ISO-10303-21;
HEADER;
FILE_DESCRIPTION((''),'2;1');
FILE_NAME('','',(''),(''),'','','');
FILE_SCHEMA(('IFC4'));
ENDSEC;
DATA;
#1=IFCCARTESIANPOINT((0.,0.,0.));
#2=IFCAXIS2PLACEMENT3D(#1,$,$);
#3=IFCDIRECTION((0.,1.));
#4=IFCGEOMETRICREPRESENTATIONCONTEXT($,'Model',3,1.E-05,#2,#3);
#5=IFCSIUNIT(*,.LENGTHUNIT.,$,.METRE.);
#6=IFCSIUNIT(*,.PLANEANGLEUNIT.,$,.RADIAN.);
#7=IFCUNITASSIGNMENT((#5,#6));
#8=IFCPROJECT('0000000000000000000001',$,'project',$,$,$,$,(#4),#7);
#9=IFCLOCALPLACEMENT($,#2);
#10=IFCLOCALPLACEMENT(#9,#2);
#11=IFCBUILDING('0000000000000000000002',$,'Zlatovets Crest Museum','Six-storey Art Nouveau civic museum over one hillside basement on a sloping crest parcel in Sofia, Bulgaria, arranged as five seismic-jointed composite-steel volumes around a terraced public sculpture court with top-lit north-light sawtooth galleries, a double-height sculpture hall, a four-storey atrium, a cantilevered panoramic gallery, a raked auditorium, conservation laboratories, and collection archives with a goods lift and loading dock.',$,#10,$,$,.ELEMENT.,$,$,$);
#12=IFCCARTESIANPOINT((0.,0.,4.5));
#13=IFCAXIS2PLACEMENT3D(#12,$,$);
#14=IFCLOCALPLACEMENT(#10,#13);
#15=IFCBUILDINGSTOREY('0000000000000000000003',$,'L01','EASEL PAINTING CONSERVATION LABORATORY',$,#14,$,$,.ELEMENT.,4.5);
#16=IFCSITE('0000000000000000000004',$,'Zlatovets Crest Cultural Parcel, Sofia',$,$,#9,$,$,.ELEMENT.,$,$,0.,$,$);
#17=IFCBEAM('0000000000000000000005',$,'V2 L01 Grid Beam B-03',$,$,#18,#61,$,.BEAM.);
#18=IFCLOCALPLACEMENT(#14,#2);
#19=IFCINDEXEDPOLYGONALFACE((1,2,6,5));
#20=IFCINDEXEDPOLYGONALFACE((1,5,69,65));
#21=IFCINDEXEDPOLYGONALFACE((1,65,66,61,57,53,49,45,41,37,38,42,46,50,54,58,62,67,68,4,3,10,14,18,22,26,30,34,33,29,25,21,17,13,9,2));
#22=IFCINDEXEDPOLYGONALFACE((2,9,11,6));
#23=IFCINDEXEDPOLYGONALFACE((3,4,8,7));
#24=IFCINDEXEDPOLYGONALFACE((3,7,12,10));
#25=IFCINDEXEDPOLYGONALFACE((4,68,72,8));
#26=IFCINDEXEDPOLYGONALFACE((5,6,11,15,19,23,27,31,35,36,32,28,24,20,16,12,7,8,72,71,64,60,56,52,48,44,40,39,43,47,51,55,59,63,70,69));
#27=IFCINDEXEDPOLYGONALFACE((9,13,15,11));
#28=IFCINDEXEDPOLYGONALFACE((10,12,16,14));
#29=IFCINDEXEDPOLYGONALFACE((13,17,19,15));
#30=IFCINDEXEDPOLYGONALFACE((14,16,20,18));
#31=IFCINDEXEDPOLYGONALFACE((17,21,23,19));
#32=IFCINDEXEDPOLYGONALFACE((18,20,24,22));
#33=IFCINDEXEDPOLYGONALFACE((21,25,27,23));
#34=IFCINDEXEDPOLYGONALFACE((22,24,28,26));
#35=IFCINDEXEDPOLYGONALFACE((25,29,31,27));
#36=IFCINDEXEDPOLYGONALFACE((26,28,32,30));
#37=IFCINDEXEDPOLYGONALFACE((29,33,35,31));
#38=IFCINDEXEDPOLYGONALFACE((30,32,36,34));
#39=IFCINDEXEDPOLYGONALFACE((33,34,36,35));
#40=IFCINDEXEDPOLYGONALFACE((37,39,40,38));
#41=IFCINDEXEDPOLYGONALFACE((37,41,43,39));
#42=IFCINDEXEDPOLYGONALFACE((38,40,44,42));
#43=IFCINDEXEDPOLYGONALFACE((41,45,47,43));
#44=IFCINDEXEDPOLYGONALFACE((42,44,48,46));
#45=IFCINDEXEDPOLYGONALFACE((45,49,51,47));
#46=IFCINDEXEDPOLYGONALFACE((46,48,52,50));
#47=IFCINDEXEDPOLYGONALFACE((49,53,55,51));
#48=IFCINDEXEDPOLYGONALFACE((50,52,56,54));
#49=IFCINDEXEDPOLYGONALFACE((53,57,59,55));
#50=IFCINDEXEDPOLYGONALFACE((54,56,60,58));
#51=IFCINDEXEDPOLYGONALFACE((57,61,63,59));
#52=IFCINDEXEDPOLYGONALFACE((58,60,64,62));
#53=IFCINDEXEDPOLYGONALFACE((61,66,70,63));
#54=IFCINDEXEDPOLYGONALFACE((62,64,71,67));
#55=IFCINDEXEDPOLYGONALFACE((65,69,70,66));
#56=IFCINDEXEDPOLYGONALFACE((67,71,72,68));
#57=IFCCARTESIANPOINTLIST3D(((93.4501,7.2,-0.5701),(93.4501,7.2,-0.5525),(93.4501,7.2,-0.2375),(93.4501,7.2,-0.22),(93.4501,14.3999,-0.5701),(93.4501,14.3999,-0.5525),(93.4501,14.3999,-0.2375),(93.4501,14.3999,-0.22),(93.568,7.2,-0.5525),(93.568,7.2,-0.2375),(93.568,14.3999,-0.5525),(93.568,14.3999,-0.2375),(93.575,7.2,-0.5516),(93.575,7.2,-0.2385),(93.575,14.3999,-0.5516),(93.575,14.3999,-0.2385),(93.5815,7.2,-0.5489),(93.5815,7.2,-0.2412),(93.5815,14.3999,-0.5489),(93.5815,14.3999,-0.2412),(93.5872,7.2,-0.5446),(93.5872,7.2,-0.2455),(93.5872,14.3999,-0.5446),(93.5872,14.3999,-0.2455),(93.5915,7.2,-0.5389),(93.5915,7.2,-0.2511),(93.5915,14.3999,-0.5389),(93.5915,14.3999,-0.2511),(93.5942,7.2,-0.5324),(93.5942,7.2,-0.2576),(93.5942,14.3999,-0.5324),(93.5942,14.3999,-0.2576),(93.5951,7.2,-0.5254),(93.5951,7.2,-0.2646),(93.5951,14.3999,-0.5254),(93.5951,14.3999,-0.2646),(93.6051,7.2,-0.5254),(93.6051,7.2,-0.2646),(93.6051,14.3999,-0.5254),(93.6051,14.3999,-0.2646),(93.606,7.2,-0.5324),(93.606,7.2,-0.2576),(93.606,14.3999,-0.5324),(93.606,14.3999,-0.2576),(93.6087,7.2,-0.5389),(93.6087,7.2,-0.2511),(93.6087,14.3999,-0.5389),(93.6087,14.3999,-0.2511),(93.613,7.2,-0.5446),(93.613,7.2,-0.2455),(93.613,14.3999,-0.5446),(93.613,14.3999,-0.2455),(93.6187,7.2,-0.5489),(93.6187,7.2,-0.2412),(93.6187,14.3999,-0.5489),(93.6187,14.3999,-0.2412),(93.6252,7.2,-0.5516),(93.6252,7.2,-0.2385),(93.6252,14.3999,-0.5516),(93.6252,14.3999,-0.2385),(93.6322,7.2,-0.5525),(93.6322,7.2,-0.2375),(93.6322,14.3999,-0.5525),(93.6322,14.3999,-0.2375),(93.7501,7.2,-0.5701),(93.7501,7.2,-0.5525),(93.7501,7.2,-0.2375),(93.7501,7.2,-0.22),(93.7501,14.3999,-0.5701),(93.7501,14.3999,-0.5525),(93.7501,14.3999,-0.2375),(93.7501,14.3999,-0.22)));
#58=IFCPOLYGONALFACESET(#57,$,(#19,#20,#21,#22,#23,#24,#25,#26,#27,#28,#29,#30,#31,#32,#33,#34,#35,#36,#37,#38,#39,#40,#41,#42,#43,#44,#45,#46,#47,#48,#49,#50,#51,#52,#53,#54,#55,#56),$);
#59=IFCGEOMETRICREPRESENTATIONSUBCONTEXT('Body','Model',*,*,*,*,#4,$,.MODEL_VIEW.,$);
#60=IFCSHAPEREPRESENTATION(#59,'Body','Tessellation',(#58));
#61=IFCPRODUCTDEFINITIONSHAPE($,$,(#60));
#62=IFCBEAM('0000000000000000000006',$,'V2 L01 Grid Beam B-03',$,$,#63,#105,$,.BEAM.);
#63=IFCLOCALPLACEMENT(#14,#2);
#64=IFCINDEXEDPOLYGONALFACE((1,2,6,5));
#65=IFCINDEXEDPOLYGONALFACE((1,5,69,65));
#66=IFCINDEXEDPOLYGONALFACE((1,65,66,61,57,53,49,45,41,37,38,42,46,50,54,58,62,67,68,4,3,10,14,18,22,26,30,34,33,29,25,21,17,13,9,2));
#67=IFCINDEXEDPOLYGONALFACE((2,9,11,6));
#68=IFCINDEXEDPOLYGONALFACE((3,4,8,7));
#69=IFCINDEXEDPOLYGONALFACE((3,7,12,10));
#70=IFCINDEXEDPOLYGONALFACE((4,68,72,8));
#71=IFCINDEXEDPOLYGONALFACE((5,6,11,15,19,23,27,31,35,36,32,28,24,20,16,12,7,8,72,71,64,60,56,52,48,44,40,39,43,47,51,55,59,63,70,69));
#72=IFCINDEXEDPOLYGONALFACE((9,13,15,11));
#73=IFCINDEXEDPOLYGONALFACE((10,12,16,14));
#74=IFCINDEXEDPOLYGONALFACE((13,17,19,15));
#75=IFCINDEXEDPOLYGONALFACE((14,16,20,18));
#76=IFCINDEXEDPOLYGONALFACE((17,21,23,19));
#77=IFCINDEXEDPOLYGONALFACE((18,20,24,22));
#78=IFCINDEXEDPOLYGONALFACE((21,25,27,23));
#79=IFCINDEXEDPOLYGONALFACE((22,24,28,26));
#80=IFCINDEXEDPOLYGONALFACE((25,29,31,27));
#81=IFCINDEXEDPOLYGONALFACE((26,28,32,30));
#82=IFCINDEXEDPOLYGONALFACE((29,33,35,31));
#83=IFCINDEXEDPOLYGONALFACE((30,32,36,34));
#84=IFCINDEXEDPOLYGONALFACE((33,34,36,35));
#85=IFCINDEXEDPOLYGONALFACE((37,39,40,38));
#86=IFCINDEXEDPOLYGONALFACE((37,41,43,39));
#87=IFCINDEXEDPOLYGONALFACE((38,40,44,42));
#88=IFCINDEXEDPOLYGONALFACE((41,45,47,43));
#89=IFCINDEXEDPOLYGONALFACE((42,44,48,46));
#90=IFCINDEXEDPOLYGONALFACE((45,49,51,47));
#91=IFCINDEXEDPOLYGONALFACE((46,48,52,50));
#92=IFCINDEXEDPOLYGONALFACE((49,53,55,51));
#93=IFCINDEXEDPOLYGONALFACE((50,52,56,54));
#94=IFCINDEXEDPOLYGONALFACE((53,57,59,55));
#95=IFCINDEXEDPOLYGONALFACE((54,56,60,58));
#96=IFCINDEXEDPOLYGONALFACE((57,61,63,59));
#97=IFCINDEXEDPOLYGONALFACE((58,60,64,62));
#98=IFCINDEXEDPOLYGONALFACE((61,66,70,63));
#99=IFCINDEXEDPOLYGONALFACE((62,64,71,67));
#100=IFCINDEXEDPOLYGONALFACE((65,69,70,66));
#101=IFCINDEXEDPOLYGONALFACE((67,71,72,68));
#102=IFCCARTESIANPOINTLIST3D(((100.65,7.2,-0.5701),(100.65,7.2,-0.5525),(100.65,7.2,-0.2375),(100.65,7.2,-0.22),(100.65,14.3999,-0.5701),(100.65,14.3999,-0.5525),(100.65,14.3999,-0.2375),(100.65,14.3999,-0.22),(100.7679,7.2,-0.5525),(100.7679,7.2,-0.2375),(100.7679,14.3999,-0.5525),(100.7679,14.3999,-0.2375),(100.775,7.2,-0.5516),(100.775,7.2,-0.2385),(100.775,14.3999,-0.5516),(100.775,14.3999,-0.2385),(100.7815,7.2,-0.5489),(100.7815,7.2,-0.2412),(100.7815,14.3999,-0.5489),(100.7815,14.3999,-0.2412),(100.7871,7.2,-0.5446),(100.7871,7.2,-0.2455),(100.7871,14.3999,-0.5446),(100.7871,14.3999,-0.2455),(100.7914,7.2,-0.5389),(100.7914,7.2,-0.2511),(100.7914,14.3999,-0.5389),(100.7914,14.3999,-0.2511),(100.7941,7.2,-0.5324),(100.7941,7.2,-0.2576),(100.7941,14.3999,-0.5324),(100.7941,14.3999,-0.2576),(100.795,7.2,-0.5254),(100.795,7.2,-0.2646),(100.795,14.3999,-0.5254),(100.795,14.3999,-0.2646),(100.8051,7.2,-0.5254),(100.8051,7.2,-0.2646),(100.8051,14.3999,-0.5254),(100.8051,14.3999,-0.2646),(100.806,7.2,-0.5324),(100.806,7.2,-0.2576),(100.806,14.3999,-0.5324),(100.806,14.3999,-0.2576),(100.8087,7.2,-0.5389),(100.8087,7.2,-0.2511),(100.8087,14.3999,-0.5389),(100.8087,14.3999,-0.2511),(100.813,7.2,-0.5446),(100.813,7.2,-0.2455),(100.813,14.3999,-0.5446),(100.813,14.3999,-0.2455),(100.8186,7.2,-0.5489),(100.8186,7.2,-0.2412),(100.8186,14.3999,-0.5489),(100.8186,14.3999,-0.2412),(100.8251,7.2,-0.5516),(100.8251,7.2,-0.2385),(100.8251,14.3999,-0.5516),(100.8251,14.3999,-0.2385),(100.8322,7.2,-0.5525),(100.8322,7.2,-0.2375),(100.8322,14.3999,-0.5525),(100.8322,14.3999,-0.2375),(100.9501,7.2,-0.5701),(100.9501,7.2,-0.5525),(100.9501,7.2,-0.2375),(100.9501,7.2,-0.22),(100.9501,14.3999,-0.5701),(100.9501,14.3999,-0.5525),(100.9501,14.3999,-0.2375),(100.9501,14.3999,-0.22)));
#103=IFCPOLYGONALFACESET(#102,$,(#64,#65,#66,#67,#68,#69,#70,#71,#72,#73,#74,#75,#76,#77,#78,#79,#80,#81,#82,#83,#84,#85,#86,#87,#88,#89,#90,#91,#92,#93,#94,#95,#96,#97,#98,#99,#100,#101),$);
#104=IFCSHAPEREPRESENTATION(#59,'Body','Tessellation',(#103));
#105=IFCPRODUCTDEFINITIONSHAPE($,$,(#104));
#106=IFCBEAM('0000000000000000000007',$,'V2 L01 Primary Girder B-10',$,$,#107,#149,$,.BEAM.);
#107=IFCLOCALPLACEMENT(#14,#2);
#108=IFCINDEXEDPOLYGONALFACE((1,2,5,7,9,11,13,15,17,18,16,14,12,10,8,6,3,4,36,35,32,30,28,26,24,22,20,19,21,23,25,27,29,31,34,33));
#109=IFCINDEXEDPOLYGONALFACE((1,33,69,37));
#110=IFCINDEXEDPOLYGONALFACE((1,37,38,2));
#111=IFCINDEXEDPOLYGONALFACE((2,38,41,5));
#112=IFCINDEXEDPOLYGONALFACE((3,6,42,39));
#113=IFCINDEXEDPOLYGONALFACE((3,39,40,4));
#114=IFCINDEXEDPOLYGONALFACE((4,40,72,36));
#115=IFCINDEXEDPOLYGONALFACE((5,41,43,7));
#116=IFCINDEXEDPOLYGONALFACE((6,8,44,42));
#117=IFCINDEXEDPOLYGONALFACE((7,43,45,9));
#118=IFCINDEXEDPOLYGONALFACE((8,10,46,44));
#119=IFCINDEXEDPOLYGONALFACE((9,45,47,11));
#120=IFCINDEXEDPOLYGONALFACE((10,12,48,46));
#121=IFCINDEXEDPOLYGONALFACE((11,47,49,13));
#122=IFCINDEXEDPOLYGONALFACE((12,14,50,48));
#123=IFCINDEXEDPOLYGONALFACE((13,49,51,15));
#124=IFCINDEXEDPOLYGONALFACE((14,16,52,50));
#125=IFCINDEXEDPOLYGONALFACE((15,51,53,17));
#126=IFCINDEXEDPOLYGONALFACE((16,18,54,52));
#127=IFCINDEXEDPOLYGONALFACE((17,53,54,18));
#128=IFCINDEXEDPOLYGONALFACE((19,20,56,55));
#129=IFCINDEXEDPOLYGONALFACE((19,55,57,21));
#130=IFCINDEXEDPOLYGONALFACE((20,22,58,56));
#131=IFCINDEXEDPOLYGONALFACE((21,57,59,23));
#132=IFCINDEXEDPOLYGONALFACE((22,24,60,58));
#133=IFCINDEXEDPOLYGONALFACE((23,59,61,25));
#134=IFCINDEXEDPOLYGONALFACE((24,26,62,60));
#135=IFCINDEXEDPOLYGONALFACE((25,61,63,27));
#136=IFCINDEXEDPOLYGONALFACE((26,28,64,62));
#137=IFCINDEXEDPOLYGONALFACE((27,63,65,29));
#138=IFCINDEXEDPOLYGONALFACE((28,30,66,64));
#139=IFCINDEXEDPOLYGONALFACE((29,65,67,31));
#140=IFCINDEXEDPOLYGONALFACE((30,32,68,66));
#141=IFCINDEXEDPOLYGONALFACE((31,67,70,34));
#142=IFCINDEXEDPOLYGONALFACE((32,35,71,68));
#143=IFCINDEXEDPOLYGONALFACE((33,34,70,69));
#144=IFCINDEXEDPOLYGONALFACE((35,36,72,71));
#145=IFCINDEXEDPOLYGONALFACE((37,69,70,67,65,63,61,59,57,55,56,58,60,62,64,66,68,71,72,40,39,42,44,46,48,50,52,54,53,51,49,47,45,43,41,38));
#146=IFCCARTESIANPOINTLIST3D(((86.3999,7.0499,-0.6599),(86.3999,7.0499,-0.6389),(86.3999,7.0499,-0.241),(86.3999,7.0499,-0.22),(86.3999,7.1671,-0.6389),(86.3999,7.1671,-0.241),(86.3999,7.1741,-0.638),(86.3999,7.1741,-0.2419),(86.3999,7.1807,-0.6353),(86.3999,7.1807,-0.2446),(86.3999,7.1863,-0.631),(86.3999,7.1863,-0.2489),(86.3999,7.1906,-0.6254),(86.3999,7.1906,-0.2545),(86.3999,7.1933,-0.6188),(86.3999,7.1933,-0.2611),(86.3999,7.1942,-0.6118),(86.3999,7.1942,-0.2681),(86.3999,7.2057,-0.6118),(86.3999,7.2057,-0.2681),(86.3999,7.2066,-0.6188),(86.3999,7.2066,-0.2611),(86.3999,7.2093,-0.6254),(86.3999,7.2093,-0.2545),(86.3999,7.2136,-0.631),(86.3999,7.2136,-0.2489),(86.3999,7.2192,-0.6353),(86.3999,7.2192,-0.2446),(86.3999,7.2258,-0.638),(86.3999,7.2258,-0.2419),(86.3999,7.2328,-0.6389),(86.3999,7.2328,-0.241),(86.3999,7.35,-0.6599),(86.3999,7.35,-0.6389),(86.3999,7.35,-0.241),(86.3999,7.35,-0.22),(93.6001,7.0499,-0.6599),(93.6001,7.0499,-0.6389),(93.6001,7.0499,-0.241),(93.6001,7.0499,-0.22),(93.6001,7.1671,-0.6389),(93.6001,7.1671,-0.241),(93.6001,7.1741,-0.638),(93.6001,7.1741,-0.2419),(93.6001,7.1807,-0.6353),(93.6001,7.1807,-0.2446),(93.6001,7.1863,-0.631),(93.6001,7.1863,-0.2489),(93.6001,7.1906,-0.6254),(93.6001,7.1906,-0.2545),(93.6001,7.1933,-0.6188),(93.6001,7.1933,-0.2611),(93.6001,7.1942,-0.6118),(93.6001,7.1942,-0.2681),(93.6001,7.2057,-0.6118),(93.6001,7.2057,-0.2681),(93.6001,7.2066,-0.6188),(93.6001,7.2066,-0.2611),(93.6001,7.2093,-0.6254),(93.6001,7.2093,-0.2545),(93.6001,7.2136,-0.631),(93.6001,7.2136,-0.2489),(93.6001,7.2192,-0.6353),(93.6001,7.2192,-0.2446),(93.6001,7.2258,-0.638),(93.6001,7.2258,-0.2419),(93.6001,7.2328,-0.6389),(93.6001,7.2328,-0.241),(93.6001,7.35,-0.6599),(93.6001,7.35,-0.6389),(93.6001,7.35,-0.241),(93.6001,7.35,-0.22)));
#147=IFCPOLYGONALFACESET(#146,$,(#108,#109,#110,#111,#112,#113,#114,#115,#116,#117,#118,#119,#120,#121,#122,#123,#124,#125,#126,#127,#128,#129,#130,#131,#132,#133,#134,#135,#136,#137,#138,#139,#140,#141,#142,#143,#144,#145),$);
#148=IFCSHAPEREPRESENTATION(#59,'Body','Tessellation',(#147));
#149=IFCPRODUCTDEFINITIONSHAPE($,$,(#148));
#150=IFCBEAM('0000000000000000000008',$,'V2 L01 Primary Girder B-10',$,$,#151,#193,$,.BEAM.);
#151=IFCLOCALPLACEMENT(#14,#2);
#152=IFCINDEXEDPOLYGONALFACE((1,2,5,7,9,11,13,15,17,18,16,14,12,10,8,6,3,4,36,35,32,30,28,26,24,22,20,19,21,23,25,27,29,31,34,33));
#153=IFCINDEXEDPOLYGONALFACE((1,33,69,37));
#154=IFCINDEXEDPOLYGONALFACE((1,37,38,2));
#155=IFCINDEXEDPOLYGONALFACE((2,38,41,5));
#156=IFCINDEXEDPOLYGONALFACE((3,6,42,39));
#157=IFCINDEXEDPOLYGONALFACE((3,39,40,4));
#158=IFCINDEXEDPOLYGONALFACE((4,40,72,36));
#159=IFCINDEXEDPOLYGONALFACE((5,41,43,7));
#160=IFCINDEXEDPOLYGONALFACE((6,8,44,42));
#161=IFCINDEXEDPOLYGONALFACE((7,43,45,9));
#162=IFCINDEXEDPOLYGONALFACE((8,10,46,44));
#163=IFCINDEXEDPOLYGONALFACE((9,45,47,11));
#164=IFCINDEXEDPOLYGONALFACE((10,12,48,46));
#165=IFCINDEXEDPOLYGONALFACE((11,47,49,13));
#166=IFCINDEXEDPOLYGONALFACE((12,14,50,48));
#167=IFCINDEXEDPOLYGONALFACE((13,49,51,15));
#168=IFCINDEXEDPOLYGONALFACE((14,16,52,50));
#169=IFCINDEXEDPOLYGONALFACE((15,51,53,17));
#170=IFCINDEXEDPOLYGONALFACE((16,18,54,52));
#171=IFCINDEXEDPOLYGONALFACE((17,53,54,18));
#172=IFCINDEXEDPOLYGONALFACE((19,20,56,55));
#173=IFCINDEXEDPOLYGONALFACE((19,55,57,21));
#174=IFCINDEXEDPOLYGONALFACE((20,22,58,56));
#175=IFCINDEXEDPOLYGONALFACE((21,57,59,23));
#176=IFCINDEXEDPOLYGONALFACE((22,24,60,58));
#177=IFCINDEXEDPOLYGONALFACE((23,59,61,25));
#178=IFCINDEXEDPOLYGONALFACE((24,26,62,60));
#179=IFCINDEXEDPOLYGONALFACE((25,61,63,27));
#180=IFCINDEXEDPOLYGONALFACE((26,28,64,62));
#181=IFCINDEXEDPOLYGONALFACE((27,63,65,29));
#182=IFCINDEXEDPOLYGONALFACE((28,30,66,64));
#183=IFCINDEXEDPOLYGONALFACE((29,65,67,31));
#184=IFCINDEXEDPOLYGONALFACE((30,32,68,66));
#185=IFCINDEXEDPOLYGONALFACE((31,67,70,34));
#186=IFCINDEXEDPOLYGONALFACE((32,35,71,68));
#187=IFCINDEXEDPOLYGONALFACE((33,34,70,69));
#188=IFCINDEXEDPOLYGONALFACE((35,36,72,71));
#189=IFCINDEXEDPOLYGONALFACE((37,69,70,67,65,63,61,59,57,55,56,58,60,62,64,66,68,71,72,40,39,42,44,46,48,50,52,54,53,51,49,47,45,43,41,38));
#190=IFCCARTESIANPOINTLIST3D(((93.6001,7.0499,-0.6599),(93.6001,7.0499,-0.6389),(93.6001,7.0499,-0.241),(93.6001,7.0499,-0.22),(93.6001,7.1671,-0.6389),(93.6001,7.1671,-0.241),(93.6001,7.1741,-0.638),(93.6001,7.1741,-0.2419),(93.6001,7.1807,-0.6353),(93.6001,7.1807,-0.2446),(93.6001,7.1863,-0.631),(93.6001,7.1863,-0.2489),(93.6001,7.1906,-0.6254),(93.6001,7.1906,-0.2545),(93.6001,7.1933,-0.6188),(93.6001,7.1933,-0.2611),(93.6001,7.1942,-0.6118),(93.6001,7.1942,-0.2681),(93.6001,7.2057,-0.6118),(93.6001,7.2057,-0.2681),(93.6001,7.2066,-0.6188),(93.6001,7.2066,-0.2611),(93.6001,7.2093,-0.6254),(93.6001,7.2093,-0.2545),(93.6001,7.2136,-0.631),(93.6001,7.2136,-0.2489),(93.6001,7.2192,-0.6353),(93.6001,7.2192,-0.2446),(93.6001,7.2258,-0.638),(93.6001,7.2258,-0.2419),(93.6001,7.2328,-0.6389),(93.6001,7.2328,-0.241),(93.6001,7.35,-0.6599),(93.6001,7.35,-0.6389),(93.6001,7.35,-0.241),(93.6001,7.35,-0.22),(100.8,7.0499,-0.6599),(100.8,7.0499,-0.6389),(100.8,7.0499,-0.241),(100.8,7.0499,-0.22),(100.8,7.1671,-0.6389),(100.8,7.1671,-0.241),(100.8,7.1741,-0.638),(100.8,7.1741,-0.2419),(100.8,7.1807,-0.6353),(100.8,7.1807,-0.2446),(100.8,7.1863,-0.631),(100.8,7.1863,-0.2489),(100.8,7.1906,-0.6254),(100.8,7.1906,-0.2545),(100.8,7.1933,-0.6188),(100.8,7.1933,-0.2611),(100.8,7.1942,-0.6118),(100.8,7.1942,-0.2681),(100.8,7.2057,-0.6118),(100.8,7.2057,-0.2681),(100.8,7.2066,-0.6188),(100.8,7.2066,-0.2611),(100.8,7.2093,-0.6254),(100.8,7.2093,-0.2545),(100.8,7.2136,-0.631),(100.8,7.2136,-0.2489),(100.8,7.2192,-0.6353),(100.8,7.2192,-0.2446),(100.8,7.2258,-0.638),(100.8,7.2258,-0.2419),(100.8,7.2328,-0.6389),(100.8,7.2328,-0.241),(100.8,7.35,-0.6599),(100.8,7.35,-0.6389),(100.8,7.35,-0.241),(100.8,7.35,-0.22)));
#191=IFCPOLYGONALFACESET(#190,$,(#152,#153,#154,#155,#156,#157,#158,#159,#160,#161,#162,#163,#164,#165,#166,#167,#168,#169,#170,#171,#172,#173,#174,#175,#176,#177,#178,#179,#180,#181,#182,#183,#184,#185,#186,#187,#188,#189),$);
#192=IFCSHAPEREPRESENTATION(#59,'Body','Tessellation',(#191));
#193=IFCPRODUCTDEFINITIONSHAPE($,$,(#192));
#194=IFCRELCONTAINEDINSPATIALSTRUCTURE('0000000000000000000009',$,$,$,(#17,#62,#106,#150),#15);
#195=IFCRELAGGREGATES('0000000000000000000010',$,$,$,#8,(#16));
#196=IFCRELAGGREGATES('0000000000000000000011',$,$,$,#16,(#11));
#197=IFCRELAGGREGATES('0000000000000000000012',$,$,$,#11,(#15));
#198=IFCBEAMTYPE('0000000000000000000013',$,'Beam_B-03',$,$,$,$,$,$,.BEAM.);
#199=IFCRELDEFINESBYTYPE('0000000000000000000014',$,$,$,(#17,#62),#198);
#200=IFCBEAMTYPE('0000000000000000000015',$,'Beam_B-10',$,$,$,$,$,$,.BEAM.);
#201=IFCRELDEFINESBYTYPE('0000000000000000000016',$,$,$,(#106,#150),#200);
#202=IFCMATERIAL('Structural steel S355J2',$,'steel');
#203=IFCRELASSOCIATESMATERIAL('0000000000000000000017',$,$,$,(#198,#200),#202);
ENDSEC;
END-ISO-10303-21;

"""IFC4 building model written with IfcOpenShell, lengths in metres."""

from ifc_helpers import new_model, si_unit, direction, frame, origin, origin_2d, place, context, subcontext, project, spatial, i_section, extrude, material, material_profile, profile_set, type_object, element, save


model = new_model("IFC4")

# Units and contexts
model_context = context("Model", 3, precision=1e-05, world=origin(), true_north=direction((0.0, 1.0)))
body_context = subcontext(model_context, "Body", "Model", "MODEL_VIEW")
ifc_project = project(units=[si_unit("LENGTHUNIT", "METRE"), si_unit("PLANEANGLEUNIT", "RADIAN")], contexts=[model_context])

# Site, building, storey
site_placement = place(None, origin())
site = spatial("IfcSite", under=ifc_project, at=site_placement, Name="Zlatovets Crest Cultural Parcel, Sofia", CompositionType="ELEMENT", RefElevation=0.0)
building_placement = place(site_placement, origin())
building = spatial("IfcBuilding", under=site, at=building_placement, Name="Zlatovets Crest Museum", Description="Six-storey Art Nouveau civic museum over one hillside basement on a sloping crest parcel in Sofia, Bulgaria, arranged as five seismic-jointed composite-steel volumes around a terraced public sculpture court with top-lit north-light sawtooth galleries, a double-height sculpture hall, a four-storey atrium, a cantilevered panoramic gallery, a raked auditorium, conservation laboratories, and collection archives with a goods lift and loading dock.", CompositionType="ELEMENT")
storey_placement = place(building_placement, frame((0.0, 0.0, 4.5)))
storey = spatial("IfcBuildingStorey", under=building, at=storey_placement, Name="L01", Description="EASEL PAINTING CONSERVATION LABORATORY", CompositionType="ELEMENT", Elevation=4.5)

# Shared definitions
ifc_material_1 = material(Name="Structural steel S355J2", Category="steel")

# Beams
ifc_material_profile_1 = material_profile(ifc_material_1, i_section(OverallWidth=0.3, OverallDepth=0.3501, WebThickness=0.01, FlangeThickness=0.0176, FilletRadius=0.0271, at=origin_2d()), Name="HEA 360")
ifc_profile_set_1 = profile_set([ifc_material_profile_1], Name="Structural steel S355J2")
beam_type_1 = type_object("IfcBeamType", Name="Beam_B-03", PredefinedType="BEAM", material=ifc_profile_set_1)
for number, where, z_axis, x_axis, name in (
    (1, (93.6001, 7.2, -0.395), (0.0, 1.0, 0.0), (-1.0, 0.0, 0.0), "V2 L01 Grid Beam B-03"),
    (2, (100.8, 7.2, -0.395), (0.0, 1.0, 0.0), (-1.0, 0.0, 0.0), "V2 L01 Grid Beam B-03"),
):
    element("IfcBeam", number, at=place(storey_placement, frame(where, z_axis=z_axis, x_axis=x_axis)), inside=storey, type_object=beam_type_1, Name=name, PredefinedType="BEAM", context=body_context, shape_type="SweptSolid", body=[
        extrude(i_section(OverallWidth=0.3, OverallDepth=0.3501, WebThickness=0.01, FlangeThickness=0.0176, FilletRadius=0.0271, at=origin_2d()), origin(), (0.0, 0.0, 1.0), 7.2),
    ])
ifc_material_profile_2 = material_profile(ifc_material_1, i_section(OverallWidth=0.3, OverallDepth=0.4399, WebThickness=0.0115, FlangeThickness=0.021, FilletRadius=0.0271, at=origin_2d()), Name="HEA 450")
ifc_profile_set_2 = profile_set([ifc_material_profile_2], Name="Structural steel S355J2")
beam_type_2 = type_object("IfcBeamType", Name="Beam_B-10", PredefinedType="BEAM", material=ifc_profile_set_2)
beam_1_placement = place(storey_placement, frame((86.3999, 7.2, -0.4399), z_axis=(1.0, 0.0, 0.0), x_axis=(0.0, 1.0, 0.0)))
element("IfcBeam", 3, at=beam_1_placement, inside=storey, type_object=beam_type_2, Name="V2 L01 Primary Girder B-10", PredefinedType="BEAM", context=body_context, shape_type="SweptSolid", body=[
    extrude(i_section(OverallWidth=0.3, OverallDepth=0.4399, WebThickness=0.0115, FlangeThickness=0.021, FilletRadius=0.0271, at=origin_2d()), origin(), (0.0, 0.0, 1.0), 7.2002),
])
for number, where, z_axis, x_axis, name in (
    (4, (93.6001, 7.2, -0.4399), (1.0, 0.0, 0.0), (0.0, 1.0, 0.0), "V2 L01 Primary Girder B-10"),
):
    element("IfcBeam", number, at=place(storey_placement, frame(where, z_axis=z_axis, x_axis=x_axis)), inside=storey, type_object=beam_type_2, Name=name, PredefinedType="BEAM", context=body_context, shape_type="SweptSolid", body=[
        extrude(i_section(OverallWidth=0.3, OverallDepth=0.4399, WebThickness=0.0115, FlangeThickness=0.021, FilletRadius=0.0271, at=origin_2d()), origin(), (0.0, 0.0, 1.0), 7.2),
    ])

save(model, "model.ifc")
